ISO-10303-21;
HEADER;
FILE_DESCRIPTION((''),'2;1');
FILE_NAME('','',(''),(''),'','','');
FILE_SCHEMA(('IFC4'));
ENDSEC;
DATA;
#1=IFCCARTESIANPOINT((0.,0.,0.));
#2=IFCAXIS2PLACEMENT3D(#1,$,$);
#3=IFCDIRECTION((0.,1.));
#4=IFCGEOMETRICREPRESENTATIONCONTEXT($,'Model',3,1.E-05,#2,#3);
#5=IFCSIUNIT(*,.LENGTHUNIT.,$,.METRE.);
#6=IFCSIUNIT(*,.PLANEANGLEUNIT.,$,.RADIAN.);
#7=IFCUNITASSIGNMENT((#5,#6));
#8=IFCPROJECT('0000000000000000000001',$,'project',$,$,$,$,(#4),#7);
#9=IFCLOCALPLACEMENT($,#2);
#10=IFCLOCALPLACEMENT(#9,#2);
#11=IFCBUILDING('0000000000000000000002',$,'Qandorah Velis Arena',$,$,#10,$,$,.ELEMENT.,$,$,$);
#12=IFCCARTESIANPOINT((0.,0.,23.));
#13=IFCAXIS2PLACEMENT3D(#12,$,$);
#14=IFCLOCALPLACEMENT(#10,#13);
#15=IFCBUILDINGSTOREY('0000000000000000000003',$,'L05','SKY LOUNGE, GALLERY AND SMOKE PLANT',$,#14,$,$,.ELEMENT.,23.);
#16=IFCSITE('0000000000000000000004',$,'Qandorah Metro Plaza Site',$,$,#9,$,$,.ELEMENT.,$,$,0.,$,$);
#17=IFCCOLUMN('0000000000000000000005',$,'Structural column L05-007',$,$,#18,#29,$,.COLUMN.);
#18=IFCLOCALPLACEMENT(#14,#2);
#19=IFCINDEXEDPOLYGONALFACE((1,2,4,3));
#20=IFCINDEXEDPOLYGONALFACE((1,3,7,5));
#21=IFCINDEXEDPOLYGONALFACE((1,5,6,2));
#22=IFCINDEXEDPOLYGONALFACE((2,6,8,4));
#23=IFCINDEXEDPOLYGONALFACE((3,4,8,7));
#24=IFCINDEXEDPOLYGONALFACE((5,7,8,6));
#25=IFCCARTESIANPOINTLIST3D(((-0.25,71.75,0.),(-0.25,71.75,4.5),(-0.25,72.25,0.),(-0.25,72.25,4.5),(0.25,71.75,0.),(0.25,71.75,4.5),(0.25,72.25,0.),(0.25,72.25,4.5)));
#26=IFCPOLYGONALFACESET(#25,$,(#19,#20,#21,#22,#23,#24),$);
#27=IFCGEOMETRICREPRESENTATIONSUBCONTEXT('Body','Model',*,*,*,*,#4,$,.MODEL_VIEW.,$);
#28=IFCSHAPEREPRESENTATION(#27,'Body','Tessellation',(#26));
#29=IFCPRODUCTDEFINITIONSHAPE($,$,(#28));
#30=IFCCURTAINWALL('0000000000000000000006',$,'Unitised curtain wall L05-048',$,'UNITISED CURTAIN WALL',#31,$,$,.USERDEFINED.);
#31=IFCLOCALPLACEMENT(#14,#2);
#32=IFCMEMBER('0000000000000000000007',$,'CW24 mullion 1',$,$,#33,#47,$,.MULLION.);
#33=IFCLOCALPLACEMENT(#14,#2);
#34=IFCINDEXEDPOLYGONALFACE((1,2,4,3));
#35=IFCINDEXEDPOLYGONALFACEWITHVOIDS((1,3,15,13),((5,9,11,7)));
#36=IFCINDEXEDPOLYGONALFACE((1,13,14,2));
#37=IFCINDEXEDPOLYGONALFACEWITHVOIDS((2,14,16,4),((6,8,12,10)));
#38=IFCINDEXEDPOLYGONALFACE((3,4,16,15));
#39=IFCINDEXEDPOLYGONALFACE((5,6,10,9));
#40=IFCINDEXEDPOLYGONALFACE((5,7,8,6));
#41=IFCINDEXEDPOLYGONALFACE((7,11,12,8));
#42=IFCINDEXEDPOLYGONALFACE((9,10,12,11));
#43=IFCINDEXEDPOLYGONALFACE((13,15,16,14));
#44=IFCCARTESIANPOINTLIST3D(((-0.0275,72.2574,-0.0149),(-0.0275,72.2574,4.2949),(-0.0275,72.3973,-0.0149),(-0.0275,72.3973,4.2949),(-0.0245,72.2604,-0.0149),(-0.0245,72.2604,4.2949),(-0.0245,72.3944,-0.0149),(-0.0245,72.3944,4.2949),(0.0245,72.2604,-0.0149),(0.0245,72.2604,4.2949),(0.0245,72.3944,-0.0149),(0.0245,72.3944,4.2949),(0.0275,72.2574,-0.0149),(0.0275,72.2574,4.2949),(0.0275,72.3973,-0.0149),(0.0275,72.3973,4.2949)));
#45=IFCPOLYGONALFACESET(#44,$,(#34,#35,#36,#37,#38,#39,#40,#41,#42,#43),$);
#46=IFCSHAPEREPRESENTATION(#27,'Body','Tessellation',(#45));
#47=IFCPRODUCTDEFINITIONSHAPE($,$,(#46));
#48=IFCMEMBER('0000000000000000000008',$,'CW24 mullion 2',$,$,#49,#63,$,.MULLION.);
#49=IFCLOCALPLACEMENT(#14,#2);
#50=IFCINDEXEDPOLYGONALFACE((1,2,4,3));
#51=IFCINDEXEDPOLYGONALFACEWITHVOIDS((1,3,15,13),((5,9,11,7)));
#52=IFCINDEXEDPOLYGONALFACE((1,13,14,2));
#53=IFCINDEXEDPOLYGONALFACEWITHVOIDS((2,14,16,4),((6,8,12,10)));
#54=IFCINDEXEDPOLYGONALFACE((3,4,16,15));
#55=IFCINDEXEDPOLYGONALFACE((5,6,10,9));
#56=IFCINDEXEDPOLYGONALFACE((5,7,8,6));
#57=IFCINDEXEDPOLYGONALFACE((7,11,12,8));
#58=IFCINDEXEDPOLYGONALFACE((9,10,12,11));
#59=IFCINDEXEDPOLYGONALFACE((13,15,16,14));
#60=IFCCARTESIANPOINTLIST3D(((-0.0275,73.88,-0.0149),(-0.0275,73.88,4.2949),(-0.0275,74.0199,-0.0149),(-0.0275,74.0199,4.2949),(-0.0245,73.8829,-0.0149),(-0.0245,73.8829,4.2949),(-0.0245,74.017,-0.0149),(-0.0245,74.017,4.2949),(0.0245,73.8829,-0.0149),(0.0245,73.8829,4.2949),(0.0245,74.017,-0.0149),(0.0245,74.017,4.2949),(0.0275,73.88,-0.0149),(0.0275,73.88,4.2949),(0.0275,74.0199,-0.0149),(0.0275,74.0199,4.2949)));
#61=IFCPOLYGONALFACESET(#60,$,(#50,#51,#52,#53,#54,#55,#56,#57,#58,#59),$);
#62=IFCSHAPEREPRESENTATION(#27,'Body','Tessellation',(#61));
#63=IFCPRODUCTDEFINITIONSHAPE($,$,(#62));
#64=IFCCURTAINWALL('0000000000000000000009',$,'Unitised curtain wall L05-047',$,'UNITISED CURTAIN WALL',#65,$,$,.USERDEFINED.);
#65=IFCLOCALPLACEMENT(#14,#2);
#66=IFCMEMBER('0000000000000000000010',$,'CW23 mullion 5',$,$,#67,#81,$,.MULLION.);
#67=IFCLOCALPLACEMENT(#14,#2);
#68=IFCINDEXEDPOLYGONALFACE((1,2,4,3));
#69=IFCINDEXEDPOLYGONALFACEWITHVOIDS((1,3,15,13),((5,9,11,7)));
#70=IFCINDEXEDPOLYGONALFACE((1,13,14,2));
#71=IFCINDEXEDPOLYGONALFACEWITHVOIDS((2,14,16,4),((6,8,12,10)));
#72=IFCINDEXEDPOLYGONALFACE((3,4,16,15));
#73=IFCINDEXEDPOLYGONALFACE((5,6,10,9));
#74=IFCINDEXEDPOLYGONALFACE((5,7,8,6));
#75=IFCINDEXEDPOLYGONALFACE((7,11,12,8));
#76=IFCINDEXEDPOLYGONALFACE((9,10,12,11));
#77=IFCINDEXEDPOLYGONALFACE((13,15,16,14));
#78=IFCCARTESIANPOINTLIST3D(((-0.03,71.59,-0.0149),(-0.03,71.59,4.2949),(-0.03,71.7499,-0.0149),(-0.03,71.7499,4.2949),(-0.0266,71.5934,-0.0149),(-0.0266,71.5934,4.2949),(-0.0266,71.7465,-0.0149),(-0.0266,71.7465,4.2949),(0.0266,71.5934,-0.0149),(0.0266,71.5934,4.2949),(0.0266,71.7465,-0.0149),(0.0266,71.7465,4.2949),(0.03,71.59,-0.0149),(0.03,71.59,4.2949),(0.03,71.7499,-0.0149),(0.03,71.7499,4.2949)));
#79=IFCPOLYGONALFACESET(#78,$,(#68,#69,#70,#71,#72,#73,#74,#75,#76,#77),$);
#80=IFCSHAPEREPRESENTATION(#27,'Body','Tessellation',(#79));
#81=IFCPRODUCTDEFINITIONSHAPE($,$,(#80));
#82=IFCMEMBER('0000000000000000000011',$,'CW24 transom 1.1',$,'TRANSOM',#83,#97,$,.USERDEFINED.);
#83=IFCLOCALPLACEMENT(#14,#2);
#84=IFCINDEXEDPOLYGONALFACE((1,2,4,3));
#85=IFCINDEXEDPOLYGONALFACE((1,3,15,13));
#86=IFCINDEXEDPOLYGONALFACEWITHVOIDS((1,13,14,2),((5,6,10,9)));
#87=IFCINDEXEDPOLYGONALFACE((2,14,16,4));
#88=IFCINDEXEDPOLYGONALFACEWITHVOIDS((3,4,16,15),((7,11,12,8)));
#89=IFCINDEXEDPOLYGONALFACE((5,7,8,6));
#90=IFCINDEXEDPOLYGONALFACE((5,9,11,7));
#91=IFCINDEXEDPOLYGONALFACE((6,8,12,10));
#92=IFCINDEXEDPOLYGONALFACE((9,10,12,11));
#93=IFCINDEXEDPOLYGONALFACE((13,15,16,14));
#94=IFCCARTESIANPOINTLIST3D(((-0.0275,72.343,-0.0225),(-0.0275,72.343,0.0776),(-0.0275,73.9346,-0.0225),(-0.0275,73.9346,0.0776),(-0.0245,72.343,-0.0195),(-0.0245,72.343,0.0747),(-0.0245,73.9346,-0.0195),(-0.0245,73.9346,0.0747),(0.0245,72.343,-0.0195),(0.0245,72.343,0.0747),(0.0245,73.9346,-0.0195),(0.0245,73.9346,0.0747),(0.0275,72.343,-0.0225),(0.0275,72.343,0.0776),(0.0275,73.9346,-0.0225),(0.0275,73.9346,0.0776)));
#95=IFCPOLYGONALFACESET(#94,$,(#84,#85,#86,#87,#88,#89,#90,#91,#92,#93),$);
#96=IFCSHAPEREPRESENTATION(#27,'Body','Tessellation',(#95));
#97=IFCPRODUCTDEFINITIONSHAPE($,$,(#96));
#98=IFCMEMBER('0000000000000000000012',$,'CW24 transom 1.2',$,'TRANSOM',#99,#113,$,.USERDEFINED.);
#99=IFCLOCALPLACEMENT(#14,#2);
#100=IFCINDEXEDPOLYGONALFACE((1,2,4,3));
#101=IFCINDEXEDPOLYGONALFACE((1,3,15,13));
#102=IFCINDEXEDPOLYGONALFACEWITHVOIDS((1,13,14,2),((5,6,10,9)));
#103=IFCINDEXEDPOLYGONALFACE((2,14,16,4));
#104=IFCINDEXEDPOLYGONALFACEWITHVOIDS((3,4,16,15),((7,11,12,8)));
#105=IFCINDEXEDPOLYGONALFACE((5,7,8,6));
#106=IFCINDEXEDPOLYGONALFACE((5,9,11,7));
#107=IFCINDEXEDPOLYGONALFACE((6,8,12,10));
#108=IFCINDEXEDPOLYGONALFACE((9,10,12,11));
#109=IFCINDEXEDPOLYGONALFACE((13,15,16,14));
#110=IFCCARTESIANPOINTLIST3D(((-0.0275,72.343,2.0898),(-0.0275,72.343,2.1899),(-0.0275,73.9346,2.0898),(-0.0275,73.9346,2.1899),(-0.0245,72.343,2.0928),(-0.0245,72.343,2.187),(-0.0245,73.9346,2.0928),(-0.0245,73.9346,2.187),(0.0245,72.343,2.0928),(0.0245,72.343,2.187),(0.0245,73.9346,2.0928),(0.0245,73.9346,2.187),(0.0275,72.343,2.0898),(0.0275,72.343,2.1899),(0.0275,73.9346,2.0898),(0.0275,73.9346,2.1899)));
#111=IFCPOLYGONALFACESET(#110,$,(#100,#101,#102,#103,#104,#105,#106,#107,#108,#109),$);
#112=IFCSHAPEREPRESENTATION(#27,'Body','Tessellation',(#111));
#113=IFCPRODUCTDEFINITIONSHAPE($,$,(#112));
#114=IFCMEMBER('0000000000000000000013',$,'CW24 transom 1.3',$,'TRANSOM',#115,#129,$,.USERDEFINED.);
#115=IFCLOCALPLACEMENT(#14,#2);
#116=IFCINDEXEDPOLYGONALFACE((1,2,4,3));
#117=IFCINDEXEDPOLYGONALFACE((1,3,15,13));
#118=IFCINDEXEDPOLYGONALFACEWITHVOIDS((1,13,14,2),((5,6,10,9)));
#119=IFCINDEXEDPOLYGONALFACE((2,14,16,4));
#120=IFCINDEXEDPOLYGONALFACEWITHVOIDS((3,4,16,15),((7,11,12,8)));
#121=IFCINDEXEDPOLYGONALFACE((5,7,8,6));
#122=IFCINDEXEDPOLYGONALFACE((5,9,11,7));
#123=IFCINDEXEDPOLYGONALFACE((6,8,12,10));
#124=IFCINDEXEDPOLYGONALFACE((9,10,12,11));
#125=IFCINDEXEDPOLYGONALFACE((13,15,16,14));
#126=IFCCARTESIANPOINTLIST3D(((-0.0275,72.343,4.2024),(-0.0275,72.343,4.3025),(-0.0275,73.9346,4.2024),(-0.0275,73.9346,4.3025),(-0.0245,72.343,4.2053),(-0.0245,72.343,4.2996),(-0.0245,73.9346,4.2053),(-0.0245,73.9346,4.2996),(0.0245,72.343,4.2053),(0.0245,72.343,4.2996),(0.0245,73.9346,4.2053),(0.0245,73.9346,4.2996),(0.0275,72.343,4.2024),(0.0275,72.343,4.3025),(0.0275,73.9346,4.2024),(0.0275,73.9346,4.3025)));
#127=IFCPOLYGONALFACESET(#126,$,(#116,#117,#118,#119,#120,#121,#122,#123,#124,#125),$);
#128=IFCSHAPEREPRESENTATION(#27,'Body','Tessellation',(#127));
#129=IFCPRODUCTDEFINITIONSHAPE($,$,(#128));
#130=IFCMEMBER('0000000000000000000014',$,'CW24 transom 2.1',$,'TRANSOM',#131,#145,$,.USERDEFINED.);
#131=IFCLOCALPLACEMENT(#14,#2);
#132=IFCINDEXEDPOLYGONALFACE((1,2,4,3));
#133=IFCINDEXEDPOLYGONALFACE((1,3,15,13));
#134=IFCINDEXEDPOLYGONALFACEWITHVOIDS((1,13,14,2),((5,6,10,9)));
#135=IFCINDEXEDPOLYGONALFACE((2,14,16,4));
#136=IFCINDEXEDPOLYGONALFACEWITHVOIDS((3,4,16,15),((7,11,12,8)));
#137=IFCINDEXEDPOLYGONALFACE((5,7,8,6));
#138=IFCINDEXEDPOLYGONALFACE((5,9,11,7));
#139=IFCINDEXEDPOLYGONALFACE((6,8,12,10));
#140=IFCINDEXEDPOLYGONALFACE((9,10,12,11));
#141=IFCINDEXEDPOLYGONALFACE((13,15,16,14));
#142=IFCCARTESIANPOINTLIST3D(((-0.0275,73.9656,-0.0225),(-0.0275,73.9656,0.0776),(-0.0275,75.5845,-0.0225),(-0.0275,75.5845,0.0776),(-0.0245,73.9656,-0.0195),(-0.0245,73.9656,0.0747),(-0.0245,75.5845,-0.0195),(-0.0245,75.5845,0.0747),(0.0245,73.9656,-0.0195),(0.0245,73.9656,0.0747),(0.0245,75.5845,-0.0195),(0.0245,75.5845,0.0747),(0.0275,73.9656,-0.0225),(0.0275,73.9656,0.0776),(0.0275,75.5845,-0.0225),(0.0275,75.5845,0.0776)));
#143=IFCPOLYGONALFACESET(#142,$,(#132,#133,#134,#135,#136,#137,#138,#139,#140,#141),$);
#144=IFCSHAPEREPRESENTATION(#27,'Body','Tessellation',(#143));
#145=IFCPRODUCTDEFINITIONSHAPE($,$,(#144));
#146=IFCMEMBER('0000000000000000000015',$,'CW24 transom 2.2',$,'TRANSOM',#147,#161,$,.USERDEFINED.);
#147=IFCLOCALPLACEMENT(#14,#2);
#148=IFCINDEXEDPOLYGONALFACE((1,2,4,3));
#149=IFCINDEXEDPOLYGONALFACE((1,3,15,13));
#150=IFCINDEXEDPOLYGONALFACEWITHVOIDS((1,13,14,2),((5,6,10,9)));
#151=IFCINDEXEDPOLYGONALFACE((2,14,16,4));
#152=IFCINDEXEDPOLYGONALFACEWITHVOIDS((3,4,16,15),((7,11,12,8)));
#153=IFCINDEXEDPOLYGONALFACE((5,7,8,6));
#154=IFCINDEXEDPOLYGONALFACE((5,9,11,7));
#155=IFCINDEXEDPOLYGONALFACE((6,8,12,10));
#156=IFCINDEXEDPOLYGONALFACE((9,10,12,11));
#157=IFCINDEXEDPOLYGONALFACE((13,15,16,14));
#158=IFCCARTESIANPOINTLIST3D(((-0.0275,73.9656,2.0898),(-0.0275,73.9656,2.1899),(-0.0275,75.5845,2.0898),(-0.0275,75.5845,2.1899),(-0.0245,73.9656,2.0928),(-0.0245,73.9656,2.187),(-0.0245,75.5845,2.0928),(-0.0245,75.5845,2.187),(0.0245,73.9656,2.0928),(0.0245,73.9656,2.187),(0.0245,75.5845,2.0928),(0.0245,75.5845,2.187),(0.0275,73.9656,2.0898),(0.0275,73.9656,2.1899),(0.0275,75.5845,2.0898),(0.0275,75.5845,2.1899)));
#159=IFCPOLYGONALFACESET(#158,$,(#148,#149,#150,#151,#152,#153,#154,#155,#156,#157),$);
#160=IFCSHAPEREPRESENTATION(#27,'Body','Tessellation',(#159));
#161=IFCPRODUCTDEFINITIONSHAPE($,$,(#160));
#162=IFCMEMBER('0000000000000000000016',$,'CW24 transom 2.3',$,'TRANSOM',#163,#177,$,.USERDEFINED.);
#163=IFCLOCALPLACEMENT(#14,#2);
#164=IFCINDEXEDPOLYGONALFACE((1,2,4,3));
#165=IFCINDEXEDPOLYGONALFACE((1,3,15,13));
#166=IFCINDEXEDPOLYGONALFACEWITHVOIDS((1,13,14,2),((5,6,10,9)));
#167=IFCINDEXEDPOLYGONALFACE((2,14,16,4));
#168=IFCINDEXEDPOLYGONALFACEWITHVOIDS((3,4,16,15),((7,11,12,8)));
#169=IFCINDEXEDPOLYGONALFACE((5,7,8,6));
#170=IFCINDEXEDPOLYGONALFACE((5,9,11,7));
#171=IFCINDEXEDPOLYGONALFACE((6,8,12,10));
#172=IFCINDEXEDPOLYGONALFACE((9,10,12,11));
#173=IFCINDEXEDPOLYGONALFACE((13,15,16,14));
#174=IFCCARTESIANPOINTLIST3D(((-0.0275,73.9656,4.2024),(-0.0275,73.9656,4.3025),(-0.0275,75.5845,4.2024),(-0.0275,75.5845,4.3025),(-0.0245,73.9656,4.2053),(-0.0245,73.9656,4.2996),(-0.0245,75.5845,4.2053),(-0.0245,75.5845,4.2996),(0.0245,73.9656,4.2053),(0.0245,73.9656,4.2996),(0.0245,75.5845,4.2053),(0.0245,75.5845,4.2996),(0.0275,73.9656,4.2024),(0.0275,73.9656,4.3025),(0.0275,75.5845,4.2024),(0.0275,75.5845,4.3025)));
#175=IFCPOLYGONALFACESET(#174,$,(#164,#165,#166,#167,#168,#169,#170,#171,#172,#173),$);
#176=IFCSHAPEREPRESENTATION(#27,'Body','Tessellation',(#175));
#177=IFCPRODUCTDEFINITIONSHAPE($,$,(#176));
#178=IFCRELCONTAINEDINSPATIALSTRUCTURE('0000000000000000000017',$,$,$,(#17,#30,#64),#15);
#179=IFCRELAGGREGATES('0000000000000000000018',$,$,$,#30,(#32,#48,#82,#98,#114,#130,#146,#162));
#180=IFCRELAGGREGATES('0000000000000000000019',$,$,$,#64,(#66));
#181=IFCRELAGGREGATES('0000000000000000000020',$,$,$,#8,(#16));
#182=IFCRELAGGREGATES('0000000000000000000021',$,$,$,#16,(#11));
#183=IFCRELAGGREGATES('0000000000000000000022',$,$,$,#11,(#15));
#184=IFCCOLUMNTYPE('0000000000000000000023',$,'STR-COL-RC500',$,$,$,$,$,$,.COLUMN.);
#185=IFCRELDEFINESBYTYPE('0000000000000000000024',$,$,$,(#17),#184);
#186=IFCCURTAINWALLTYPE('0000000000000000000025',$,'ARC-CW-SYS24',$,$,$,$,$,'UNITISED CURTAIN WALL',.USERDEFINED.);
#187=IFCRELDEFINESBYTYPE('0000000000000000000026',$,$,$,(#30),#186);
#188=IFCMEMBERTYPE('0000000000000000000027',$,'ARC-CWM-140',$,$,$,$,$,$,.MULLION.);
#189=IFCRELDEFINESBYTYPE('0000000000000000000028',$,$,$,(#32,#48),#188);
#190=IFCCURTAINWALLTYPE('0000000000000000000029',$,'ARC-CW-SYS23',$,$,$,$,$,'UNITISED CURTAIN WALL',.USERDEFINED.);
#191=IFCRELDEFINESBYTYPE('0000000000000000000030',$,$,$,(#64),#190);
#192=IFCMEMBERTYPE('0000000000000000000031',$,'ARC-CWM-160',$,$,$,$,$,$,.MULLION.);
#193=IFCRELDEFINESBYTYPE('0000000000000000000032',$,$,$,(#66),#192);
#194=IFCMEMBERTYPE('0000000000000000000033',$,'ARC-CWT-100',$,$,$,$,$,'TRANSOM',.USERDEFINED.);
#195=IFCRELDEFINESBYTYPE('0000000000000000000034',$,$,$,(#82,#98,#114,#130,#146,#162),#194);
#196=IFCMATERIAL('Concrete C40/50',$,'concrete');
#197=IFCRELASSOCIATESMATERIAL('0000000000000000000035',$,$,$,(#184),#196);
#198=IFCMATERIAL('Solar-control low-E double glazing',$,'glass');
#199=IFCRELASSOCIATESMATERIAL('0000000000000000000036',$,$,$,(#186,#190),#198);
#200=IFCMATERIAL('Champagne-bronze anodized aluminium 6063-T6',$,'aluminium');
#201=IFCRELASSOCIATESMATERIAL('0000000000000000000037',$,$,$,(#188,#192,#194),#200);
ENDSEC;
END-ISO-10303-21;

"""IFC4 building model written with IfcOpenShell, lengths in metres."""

from ifc_helpers import new_model, si_unit, direction, frame, origin, origin_2d, place, context, subcontext, project, spatial, rectangle, hollow_rectangle, extrude, material, material_profile, profile_set, type_object, element, aggregate, save


model = new_model("IFC4")

# Units and contexts
model_context = context("Model", 3, precision=1e-05, world=origin(), true_north=direction((0.0, 1.0)))
body_context = subcontext(model_context, "Body", "Model", "MODEL_VIEW")
ifc_project = project(units=[si_unit("LENGTHUNIT", "METRE"), si_unit("PLANEANGLEUNIT", "RADIAN")], contexts=[model_context])

# Site, building, storey
site_placement = place(None, origin())
site = spatial("IfcSite", under=ifc_project, at=site_placement, Name="Qandorah Metro Plaza Site", CompositionType="ELEMENT", RefElevation=0.0)
building_placement = place(site_placement, origin())
building = spatial("IfcBuilding", under=site, at=building_placement, Name="Qandorah Velis Arena", CompositionType="ELEMENT")
storey_placement = place(building_placement, frame((0.0, 0.0, 23.0)))
storey = spatial("IfcBuildingStorey", under=building, at=storey_placement, Name="L05", Description="SKY LOUNGE, GALLERY AND SMOKE PLANT", CompositionType="ELEMENT", Elevation=23.0)

# Column
ifc_material_1 = material(Name="Concrete C40/50", Category="concrete")
ifc_material_profile_1 = material_profile(ifc_material_1, rectangle(XDim=0.5, YDim=0.5, at=origin_2d()), Name="RC COL 500x500")
ifc_profile_set_1 = profile_set([ifc_material_profile_1], Name="Concrete C40/50")
column_type = type_object("IfcColumnType", Name="STR-COL-RC500", PredefinedType="COLUMN", material=ifc_profile_set_1)
column_placement = place(storey_placement, frame((0.0, 72.0, 0.0), z_axis=(0.0, 0.0, 1.0), x_axis=(1.0, 0.0, 0.0)))
element("IfcColumn", 1, at=column_placement, inside=storey, type_object=column_type, Name="Structural column L05-007", PredefinedType="COLUMN", context=body_context, shape_type="SweptSolid", body=[
    extrude(rectangle(XDim=0.5, YDim=0.5, at=origin_2d()), origin(), (0.0, 0.0, 1.0), 4.5),
])

# Curtain wall, members
ifc_material_2 = material(Name="Solar-control low-E double glazing", Category="glass")
curtain_wall_type_1 = type_object("IfcCurtainWallType", Name="ARC-CW-SYS24", ElementType="UNITISED CURTAIN WALL", PredefinedType="USERDEFINED", material=ifc_material_2)
curtain_wall_1_placement = place(storey_placement, origin())
curtain_wall_1 = element("IfcCurtainWall", 2, at=curtain_wall_1_placement, inside=storey, type_object=curtain_wall_type_1, Name="Unitised curtain wall L05-048", ObjectType="UNITISED CURTAIN WALL", PredefinedType="USERDEFINED")
ifc_material_3 = material(Name="Champagne-bronze anodized aluminium 6063-T6", Category="aluminium")
ifc_material_profile_2 = material_profile(ifc_material_3, hollow_rectangle(XDim=0.0549, YDim=0.1399, WallThickness=0.0029, at=origin_2d()), Name="ALU MULLION 55x140")
ifc_profile_set_2 = profile_set([ifc_material_profile_2], Name="Champagne-bronze anodized aluminium 6063-T6")
member_type_1 = type_object("IfcMemberType", Name="ARC-CWM-140", PredefinedType="MULLION", material=ifc_profile_set_2)
member_1_placement = place(storey_placement, frame((0.0, 72.3274, -0.0149), z_axis=(0.0, 0.0, 1.0), x_axis=(-1.0, 0.0, 0.0)))
member_1 = element("IfcMember", 3, at=member_1_placement, type_object=member_type_1, Name="CW24 mullion 1", PredefinedType="MULLION", context=body_context, shape_type="SweptSolid", body=[
    extrude(hollow_rectangle(XDim=0.0549, YDim=0.1399, WallThickness=0.0029, at=origin_2d()), origin(), (0.0, 0.0, 1.0), 4.3098),
])
member_2_placement = place(storey_placement, frame((0.0, 73.95, -0.0149), z_axis=(0.0, 0.0, 1.0), x_axis=(-1.0, 0.0, 0.0)))
member_2 = element("IfcMember", 4, at=member_2_placement, type_object=member_type_1, Name="CW24 mullion 2", PredefinedType="MULLION", context=body_context, shape_type="SweptSolid", body=[
    extrude(hollow_rectangle(XDim=0.0549, YDim=0.1399, WallThickness=0.0029, at=origin_2d()), origin(), (0.0, 0.0, 1.0), 4.3098),
])

# Curtain wall, member
curtain_wall_type_2 = type_object("IfcCurtainWallType", Name="ARC-CW-SYS23", ElementType="UNITISED CURTAIN WALL", PredefinedType="USERDEFINED", material=ifc_material_2)
curtain_wall_2_placement = place(storey_placement, origin())
curtain_wall_2 = element("IfcCurtainWall", 5, at=curtain_wall_2_placement, inside=storey, type_object=curtain_wall_type_2, Name="Unitised curtain wall L05-047", ObjectType="UNITISED CURTAIN WALL", PredefinedType="USERDEFINED")
ifc_material_profile_3 = material_profile(ifc_material_3, hollow_rectangle(XDim=0.0601, YDim=0.1599, WallThickness=0.0034, at=origin_2d()), Name="ALU MULLION 60x160")
ifc_profile_set_3 = profile_set([ifc_material_profile_3], Name="Champagne-bronze anodized aluminium 6063-T6")
member_type_2 = type_object("IfcMemberType", Name="ARC-CWM-160", PredefinedType="MULLION", material=ifc_profile_set_3)
member_3_placement = place(storey_placement, frame((0.0, 71.6699, -0.0149), z_axis=(0.0, 0.0, 1.0), x_axis=(-1.0, 0.0, 0.0)))
member_3 = element("IfcMember", 6, at=member_3_placement, type_object=member_type_2, Name="CW23 mullion 5", PredefinedType="MULLION", context=body_context, shape_type="SweptSolid", body=[
    extrude(hollow_rectangle(XDim=0.0601, YDim=0.1599, WallThickness=0.0034, at=origin_2d()), origin(), (0.0, 0.0, 1.0), 4.3098),
])

# Members
ifc_material_profile_4 = material_profile(ifc_material_3, hollow_rectangle(XDim=0.0549, YDim=0.1001, WallThickness=0.0029, at=origin_2d()), Name="ALU TRANSOM 55x100")
ifc_profile_set_4 = profile_set([ifc_material_profile_4], Name="Champagne-bronze anodized aluminium 6063-T6")
member_type_3 = type_object("IfcMemberType", Name="ARC-CWT-100", ElementType="TRANSOM", PredefinedType="USERDEFINED", material=ifc_profile_set_4)
member_4_placement = place(storey_placement, frame((0.0, 72.343, 0.0276), z_axis=(0.0, 1.0, 0.0), x_axis=(-1.0, 0.0, 0.0)))
member_4 = element("IfcMember", 7, at=member_4_placement, type_object=member_type_3, Name="CW24 transom 1.1", ObjectType="TRANSOM", PredefinedType="USERDEFINED", context=body_context, shape_type="SweptSolid", body=[
    extrude(hollow_rectangle(XDim=0.0549, YDim=0.1001, WallThickness=0.0029, at=origin_2d()), origin(), (0.0, 0.0, 1.0), 1.5916),
])
member_5_placement = place(storey_placement, frame((0.0, 72.343, 2.1399), z_axis=(0.0, 1.0, 0.0), x_axis=(-1.0, 0.0, 0.0)))
member_5 = element("IfcMember", 8, at=member_5_placement, type_object=member_type_3, Name="CW24 transom 1.2", ObjectType="TRANSOM", PredefinedType="USERDEFINED", context=body_context, shape_type="SweptSolid", body=[
    extrude(hollow_rectangle(XDim=0.0549, YDim=0.1001, WallThickness=0.0029, at=origin_2d()), origin(), (0.0, 0.0, 1.0), 1.5916),
])
member_6_placement = place(storey_placement, frame((0.0, 72.343, 4.2524), z_axis=(0.0, 1.0, 0.0), x_axis=(-1.0, 0.0, 0.0)))
member_6 = element("IfcMember", 9, at=member_6_placement, type_object=member_type_3, Name="CW24 transom 1.3", ObjectType="TRANSOM", PredefinedType="USERDEFINED", context=body_context, shape_type="SweptSolid", body=[
    extrude(hollow_rectangle(XDim=0.0549, YDim=0.1001, WallThickness=0.0029, at=origin_2d()), origin(), (0.0, 0.0, 1.0), 1.5916),
])
member_7_placement = place(storey_placement, frame((0.0, 73.9656, 0.0276), z_axis=(0.0, 1.0, 0.0), x_axis=(-1.0, 0.0, 0.0)))
member_7 = element("IfcMember", 10, at=member_7_placement, type_object=member_type_3, Name="CW24 transom 2.1", ObjectType="TRANSOM", PredefinedType="USERDEFINED", context=body_context, shape_type="SweptSolid", body=[
    extrude(hollow_rectangle(XDim=0.0549, YDim=0.1001, WallThickness=0.0029, at=origin_2d()), origin(), (0.0, 0.0, 1.0), 1.6189),
])
member_8_placement = place(storey_placement, frame((0.0, 73.9656, 2.1399), z_axis=(0.0, 1.0, 0.0), x_axis=(-1.0, 0.0, 0.0)))
member_8 = element("IfcMember", 11, at=member_8_placement, type_object=member_type_3, Name="CW24 transom 2.2", ObjectType="TRANSOM", PredefinedType="USERDEFINED", context=body_context, shape_type="SweptSolid", body=[
    extrude(hollow_rectangle(XDim=0.0549, YDim=0.1001, WallThickness=0.0029, at=origin_2d()), origin(), (0.0, 0.0, 1.0), 1.6189),
])
member_9_placement = place(storey_placement, frame((0.0, 73.9656, 4.2524), z_axis=(0.0, 1.0, 0.0), x_axis=(-1.0, 0.0, 0.0)))
member_9 = element("IfcMember", 12, at=member_9_placement, type_object=member_type_3, Name="CW24 transom 2.3", ObjectType="TRANSOM", PredefinedType="USERDEFINED", context=body_context, shape_type="SweptSolid", body=[
    extrude(hollow_rectangle(XDim=0.0549, YDim=0.1001, WallThickness=0.0029, at=origin_2d()), origin(), (0.0, 0.0, 1.0), 1.6189),
])

aggregate(curtain_wall_1, [member_1, member_2, member_4, member_5, member_6, member_7, member_8, member_9])
aggregate(curtain_wall_2, [member_3])

save(model, "model.ifc")
